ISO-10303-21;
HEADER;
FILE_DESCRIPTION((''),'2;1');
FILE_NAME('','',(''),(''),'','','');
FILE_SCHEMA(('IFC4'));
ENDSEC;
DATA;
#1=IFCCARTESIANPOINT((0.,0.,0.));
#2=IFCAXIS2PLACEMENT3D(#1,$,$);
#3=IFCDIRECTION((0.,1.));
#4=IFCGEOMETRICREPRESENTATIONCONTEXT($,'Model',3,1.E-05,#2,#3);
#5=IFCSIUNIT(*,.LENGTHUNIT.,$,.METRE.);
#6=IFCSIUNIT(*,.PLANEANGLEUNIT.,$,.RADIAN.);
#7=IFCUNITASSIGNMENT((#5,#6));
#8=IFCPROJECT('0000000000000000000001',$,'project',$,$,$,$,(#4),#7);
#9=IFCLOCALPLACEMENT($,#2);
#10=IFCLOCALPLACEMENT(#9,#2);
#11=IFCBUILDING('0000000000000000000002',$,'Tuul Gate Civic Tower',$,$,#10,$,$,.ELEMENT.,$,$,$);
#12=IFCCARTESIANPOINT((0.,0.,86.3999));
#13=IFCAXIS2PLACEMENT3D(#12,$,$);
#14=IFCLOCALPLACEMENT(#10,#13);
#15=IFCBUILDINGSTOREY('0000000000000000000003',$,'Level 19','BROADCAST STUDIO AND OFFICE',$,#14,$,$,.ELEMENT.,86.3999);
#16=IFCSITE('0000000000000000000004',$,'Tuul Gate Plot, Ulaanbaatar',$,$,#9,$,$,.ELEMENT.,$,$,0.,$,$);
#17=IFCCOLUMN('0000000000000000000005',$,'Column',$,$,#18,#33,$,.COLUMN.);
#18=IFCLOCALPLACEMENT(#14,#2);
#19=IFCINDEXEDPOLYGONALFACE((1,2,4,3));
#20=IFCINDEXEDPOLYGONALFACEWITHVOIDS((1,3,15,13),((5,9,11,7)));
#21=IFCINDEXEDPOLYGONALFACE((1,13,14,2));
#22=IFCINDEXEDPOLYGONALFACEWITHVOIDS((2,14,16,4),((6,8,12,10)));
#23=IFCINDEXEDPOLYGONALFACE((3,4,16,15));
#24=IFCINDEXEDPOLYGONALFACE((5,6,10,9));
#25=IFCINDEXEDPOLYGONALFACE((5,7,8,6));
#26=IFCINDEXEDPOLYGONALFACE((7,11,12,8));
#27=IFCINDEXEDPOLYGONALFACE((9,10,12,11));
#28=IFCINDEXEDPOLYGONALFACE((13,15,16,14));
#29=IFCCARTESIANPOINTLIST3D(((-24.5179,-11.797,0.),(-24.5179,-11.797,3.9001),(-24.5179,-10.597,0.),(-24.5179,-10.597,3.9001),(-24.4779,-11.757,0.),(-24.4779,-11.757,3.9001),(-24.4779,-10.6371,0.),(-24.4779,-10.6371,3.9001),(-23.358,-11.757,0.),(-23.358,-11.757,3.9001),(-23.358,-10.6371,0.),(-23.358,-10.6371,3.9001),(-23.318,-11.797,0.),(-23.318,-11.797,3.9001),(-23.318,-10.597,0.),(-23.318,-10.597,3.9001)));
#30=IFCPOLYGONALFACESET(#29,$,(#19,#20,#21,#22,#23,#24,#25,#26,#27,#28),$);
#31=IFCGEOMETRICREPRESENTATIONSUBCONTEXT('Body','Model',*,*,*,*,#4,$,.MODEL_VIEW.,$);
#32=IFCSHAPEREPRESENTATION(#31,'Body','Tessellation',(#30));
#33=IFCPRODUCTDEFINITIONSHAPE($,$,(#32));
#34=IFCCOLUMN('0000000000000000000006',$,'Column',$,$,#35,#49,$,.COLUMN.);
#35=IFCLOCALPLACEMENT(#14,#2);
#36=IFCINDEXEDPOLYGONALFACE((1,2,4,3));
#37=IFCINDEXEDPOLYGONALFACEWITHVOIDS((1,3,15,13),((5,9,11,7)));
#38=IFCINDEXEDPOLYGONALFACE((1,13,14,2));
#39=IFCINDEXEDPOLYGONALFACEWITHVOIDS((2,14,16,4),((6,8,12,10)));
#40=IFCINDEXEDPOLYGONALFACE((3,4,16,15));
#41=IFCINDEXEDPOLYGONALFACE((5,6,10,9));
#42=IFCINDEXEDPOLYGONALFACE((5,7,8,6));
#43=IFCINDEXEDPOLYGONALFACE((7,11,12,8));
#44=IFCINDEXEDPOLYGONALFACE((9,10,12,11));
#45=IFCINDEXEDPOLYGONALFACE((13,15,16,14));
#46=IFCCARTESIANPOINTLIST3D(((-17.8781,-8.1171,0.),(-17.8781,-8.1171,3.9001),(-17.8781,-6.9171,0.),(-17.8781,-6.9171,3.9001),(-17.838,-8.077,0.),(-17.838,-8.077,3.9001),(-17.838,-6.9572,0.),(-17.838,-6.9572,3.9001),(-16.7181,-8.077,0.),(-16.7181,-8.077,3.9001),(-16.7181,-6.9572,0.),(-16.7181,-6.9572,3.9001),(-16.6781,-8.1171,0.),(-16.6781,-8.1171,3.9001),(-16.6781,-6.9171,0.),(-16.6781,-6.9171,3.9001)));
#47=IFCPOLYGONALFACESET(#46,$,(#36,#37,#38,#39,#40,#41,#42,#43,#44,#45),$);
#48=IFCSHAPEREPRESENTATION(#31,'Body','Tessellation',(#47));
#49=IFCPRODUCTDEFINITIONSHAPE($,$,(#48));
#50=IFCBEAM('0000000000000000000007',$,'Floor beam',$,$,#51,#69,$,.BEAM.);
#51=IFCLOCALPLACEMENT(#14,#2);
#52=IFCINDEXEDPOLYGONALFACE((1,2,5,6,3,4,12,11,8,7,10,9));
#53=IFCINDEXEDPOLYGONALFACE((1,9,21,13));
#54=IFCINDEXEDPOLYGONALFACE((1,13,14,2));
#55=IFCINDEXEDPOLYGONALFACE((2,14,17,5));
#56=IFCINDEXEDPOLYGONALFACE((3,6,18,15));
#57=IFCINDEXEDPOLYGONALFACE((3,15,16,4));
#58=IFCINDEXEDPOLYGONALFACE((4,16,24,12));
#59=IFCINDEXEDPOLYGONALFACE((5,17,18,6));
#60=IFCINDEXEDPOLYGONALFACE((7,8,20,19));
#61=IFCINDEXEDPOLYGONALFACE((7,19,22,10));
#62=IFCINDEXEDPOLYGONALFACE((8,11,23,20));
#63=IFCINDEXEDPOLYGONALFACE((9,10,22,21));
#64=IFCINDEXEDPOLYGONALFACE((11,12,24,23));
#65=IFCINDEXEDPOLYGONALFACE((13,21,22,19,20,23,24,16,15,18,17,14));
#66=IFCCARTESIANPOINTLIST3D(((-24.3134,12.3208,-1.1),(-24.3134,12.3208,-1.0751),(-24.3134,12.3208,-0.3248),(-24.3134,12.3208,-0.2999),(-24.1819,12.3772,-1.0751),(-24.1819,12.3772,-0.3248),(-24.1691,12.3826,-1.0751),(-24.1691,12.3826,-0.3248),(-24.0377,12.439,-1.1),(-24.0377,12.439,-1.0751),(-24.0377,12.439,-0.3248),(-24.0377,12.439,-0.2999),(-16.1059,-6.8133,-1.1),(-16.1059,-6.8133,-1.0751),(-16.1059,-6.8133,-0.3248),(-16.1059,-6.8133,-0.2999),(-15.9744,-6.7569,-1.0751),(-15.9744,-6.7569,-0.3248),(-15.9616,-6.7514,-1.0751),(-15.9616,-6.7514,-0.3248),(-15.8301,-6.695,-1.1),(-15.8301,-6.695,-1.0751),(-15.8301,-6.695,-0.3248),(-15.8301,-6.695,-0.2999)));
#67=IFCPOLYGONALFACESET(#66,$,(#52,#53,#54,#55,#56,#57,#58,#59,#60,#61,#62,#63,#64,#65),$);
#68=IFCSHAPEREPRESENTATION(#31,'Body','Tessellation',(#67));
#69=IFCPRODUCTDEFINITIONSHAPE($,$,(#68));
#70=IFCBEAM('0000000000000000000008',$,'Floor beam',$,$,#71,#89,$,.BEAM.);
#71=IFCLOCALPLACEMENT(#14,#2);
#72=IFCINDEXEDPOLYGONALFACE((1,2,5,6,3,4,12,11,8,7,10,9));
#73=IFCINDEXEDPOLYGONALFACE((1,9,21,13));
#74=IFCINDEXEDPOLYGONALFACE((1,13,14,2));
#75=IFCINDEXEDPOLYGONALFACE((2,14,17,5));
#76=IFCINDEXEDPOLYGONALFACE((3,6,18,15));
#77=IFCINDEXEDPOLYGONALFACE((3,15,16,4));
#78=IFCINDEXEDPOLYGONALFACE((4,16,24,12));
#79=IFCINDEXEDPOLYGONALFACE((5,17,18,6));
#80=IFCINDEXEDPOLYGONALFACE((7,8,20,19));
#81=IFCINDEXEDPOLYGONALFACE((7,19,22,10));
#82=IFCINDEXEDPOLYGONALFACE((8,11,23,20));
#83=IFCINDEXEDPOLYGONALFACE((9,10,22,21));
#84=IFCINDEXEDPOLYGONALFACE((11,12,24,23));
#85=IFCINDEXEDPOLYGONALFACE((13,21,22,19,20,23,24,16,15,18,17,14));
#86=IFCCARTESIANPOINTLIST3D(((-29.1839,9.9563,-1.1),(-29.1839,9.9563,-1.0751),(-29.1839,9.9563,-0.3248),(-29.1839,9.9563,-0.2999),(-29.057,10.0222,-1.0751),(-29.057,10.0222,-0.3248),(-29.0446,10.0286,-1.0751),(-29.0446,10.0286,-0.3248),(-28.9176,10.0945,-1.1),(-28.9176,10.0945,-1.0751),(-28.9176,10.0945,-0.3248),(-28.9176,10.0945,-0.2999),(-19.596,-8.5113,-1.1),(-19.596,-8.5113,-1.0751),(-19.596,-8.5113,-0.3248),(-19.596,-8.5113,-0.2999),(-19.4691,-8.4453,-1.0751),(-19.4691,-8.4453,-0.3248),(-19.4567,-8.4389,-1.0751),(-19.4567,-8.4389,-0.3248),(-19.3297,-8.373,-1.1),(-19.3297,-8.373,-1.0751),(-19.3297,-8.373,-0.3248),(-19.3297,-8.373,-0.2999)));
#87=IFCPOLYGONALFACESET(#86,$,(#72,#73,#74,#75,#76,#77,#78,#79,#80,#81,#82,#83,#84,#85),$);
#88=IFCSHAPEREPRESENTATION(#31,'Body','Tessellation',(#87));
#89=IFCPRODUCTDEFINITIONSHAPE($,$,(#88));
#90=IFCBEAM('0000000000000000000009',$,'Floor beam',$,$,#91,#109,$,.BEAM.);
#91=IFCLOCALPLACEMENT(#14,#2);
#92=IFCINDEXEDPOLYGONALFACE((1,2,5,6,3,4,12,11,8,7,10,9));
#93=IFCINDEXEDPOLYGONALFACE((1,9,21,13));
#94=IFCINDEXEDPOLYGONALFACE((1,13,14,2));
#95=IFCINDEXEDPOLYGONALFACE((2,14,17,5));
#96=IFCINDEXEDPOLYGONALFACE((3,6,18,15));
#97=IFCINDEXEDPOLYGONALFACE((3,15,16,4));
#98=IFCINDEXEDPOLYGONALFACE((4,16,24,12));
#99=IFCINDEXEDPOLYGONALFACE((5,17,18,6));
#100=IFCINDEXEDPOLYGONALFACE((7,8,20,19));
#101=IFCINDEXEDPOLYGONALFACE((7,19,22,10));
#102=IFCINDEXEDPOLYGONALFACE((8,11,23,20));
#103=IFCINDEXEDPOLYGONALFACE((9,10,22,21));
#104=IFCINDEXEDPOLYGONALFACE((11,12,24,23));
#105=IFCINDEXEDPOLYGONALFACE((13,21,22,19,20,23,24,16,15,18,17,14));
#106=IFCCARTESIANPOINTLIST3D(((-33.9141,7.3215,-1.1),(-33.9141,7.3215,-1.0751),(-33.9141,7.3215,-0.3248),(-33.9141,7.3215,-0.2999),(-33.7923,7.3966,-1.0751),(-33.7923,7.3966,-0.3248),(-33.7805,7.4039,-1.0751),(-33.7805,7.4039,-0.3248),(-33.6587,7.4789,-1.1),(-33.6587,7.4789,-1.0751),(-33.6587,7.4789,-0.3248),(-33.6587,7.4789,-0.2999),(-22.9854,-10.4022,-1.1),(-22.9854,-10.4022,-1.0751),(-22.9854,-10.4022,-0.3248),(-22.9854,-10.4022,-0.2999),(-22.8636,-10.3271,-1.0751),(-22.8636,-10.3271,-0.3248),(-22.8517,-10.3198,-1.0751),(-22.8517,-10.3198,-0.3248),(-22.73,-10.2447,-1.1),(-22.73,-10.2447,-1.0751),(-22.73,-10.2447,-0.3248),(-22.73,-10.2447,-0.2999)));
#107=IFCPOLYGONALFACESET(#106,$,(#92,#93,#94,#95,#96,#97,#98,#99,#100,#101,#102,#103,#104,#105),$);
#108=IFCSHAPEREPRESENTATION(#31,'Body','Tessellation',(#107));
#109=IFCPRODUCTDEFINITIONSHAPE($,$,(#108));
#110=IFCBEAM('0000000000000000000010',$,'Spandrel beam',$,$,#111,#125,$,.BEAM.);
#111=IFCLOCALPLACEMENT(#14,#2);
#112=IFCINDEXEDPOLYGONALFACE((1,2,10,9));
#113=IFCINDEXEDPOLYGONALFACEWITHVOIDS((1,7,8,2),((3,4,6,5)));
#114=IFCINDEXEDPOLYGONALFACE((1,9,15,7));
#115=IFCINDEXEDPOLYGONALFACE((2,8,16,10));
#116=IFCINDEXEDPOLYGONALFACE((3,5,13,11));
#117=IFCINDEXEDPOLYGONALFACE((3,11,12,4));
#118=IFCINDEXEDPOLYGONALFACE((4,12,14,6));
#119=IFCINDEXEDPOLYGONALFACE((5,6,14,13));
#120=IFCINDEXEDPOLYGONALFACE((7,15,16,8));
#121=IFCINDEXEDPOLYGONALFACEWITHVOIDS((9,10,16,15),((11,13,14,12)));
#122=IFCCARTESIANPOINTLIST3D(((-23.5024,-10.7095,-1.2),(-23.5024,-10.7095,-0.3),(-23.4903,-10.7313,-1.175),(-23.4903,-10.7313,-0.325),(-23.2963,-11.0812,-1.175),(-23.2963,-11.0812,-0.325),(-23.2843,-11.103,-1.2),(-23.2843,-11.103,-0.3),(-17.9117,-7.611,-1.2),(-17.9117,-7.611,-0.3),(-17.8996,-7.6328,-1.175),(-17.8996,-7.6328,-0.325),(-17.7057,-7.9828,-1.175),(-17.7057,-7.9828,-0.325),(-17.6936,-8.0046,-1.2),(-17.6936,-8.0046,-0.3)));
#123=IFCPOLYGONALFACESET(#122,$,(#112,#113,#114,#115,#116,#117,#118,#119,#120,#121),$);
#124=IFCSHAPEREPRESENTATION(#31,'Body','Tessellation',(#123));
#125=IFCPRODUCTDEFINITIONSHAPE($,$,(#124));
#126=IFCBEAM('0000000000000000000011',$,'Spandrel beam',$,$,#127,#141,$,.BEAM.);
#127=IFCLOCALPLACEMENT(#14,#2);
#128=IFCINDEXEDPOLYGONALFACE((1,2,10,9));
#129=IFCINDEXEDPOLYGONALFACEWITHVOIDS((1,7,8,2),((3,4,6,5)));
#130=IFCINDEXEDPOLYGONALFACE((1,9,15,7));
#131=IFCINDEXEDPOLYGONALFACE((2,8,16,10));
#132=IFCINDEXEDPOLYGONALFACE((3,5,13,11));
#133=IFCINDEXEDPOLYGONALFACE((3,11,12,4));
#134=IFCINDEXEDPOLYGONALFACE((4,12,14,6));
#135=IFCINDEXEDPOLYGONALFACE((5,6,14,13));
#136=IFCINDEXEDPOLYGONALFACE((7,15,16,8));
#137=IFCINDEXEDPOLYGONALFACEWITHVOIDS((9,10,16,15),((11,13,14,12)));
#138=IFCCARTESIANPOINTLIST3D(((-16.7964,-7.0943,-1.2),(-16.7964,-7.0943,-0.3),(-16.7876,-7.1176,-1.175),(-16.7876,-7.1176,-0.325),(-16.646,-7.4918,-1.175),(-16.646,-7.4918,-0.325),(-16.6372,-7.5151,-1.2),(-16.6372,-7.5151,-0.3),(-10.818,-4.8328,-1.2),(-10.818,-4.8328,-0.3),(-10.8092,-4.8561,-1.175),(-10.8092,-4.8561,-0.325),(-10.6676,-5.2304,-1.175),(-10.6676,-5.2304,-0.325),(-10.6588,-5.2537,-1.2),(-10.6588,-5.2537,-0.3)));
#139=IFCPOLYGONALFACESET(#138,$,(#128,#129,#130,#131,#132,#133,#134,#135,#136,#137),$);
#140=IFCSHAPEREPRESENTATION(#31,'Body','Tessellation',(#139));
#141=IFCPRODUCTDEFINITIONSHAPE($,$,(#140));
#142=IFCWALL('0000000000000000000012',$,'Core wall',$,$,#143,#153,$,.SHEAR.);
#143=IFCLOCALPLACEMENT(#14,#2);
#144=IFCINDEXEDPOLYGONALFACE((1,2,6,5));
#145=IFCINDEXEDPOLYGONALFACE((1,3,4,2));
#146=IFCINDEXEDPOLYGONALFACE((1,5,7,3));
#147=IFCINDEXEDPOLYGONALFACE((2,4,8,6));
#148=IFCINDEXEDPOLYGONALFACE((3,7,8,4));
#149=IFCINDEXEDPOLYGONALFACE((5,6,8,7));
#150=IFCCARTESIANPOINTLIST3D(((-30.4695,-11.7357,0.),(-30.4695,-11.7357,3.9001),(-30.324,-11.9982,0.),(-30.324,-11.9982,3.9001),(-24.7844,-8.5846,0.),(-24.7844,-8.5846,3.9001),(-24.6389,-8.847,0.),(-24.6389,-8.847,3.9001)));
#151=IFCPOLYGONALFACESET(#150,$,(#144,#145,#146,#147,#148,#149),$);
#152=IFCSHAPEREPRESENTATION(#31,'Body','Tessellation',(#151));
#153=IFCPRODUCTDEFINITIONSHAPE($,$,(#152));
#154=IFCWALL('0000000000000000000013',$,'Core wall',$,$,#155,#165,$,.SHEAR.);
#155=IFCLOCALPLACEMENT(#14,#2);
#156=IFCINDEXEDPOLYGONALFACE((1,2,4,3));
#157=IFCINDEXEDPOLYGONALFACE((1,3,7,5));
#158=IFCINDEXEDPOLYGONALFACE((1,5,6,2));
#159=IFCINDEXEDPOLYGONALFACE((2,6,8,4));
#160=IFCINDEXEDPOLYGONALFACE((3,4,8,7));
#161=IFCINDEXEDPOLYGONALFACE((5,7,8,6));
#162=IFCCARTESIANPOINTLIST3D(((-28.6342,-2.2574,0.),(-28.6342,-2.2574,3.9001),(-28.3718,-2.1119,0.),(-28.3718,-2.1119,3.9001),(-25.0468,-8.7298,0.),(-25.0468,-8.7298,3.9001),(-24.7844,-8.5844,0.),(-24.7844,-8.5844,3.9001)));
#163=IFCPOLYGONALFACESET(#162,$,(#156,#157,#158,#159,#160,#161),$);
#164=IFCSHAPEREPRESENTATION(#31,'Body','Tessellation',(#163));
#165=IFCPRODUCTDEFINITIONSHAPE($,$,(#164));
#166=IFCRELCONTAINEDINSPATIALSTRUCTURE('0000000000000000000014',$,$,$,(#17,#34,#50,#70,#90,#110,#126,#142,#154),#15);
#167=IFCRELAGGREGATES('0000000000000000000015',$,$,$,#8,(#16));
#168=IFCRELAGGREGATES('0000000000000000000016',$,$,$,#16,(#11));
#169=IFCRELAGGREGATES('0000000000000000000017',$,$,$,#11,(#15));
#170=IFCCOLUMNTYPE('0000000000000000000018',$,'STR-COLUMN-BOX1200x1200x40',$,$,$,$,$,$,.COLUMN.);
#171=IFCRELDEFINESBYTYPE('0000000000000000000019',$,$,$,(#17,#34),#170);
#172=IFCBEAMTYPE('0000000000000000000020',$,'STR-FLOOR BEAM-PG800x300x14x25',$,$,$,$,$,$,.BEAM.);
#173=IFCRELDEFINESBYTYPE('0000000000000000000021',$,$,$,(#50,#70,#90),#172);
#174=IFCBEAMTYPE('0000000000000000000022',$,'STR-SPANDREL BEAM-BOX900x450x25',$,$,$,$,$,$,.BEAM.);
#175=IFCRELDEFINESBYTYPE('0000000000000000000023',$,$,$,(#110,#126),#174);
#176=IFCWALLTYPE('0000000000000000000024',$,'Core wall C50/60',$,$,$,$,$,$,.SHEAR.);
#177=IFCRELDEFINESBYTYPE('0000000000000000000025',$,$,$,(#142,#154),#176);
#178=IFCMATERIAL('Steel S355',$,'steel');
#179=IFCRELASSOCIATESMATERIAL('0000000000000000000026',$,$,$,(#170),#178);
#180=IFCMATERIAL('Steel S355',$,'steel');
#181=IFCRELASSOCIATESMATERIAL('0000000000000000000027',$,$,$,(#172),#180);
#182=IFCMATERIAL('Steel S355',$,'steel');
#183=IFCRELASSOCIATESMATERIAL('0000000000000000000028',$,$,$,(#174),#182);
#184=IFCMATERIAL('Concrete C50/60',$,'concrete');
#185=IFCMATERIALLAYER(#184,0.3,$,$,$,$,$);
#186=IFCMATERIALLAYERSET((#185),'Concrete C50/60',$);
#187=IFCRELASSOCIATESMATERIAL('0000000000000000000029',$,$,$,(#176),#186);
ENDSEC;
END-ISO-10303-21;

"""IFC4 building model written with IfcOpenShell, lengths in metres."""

from ifc_helpers import new_model, si_unit, direction, frame, frame_2d, origin, origin_2d, place, context, subcontext, project, spatial, rectangle, hollow_rectangle, i_section, extrude, material, layer, layer_set, material_profile, profile_set, type_object, element, save


model = new_model("IFC4")

# Units and contexts
model_context = context("Model", 3, precision=1e-05, world=origin(), true_north=direction((0.0, 1.0)))
body_context = subcontext(model_context, "Body", "Model", "MODEL_VIEW")
ifc_project = project(units=[si_unit("LENGTHUNIT", "METRE"), si_unit("PLANEANGLEUNIT", "RADIAN")], contexts=[model_context])

# Site, building, storey
site_placement = place(None, origin())
site = spatial("IfcSite", under=ifc_project, at=site_placement, Name="Tuul Gate Plot, Ulaanbaatar", CompositionType="ELEMENT", RefElevation=0.0)
building_placement = place(site_placement, origin())
building = spatial("IfcBuilding", under=site, at=building_placement, Name="Tuul Gate Civic Tower", CompositionType="ELEMENT")
storey_placement = place(building_placement, frame((0.0, 0.0, 86.3999)))
storey = spatial("IfcBuildingStorey", under=building, at=storey_placement, Name="Level 19", Description="BROADCAST STUDIO AND OFFICE", CompositionType="ELEMENT", Elevation=86.3999)

# Columns
ifc_material_1 = material(Name="Steel S355", Category="steel")
ifc_material_profile_1 = material_profile(ifc_material_1, hollow_rectangle(XDim=1.2, YDim=1.2, WallThickness=0.04, at=origin_2d()), Name="BOX1200x1200x40")
ifc_profile_set_1 = profile_set([ifc_material_profile_1], Name="Steel S355")
column_type = type_object("IfcColumnType", Name="STR-COLUMN-BOX1200x1200x40", PredefinedType="COLUMN", material=ifc_profile_set_1)
for number, where, z_axis, x_axis, name in (
    (1, (-23.918, -11.197, 0.0), (0.0, 0.0, 1.0), (1.0, 0.0, 0.0), "Column"),
    (2, (-17.2781, -7.5171, 0.0), (0.0, 0.0, 1.0), (1.0, 0.0, 0.0), "Column"),
):
    element("IfcColumn", number, at=place(storey_placement, frame(where, z_axis=z_axis, x_axis=x_axis)), inside=storey, type_object=column_type, Name=name, PredefinedType="COLUMN", context=body_context, shape_type="SweptSolid", body=[
        extrude(hollow_rectangle(XDim=1.2, YDim=1.2, WallThickness=0.04, at=origin_2d()), origin(), (0.0, 0.0, 1.0), 3.9001),
    ])

# Beams
ifc_material_2 = material(Name="Steel S355", Category="steel")
ifc_material_profile_2 = material_profile(ifc_material_2, i_section(OverallWidth=0.3, OverallDepth=0.8, WebThickness=0.0139, FlangeThickness=0.0249, at=origin_2d()), Name="PG800x300x14x25")
ifc_profile_set_2 = profile_set([ifc_material_profile_2], Name="Steel S355")
beam_type_1 = type_object("IfcBeamType", Name="STR-FLOOR BEAM-PG800x300x14x25", PredefinedType="BEAM", material=ifc_profile_set_2)
beam_1_placement = place(storey_placement, frame((-15.968, -6.7542, -0.7), z_axis=(-0.394212, 0.919019, 0.0), x_axis=(-0.919019, -0.394212, 0.0)))
element("IfcBeam", 3, at=beam_1_placement, inside=storey, type_object=beam_type_1, Name="Floor beam", PredefinedType="BEAM", context=body_context, shape_type="SweptSolid", body=[
    extrude(i_section(OverallWidth=0.3, OverallDepth=0.8, WebThickness=0.0139, FlangeThickness=0.0249, at=origin_2d()), origin(), (0.0, 0.0, 1.0), 20.8201),
])
beam_2_placement = place(storey_placement, frame((-19.4629, -8.4421, -0.7), z_axis=(-0.460777, 0.887516, 0.0), x_axis=(-0.887516, -0.460777, 0.0)))
element("IfcBeam", 4, at=beam_2_placement, inside=storey, type_object=beam_type_1, Name="Floor beam", PredefinedType="BEAM", context=body_context, shape_type="SweptSolid", body=[
    extrude(i_section(OverallWidth=0.3, OverallDepth=0.8, WebThickness=0.0139, FlangeThickness=0.0249, at=origin_2d()), origin(), (0.0, 0.0, 1.0), 20.8081),
])
beam_3_placement = place(storey_placement, frame((-22.8577, -10.3235, -0.7), z_axis=(-0.524859, 0.851189, 0.0), x_axis=(-0.851189, -0.524859, 0.0)))
element("IfcBeam", 5, at=beam_3_placement, inside=storey, type_object=beam_type_1, Name="Floor beam", PredefinedType="BEAM", context=body_context, shape_type="SweptSolid", body=[
    extrude(i_section(OverallWidth=0.3, OverallDepth=0.8, WebThickness=0.0139, FlangeThickness=0.0249, at=origin_2d()), origin(), (0.0, 0.0, 1.0), 20.8223),
])
ifc_material_3 = material(Name="Steel S355", Category="steel")
ifc_material_profile_3 = material_profile(ifc_material_3, hollow_rectangle(XDim=0.45, YDim=0.8999, WallThickness=0.0249, at=origin_2d()), Name="BOX900x450x25")
ifc_profile_set_3 = profile_set([ifc_material_profile_3], Name="Steel S355")
beam_type_2 = type_object("IfcBeamType", Name="STR-SPANDREL BEAM-BOX900x450x25", PredefinedType="BEAM", material=ifc_profile_set_3)
for number, where, z_axis, x_axis, name in (
    (6, (-23.3933, -10.9062, -0.75), (0.874654, 0.484748, 0.0), (-0.484748, 0.874654, 0.0), "Spandrel beam"),
    (7, (-16.7168, -7.3047, -0.75), (0.935321, 0.353801, 0.0), (-0.353801, 0.935321, 0.0), "Spandrel beam"),
):
    element("IfcBeam", number, at=place(storey_placement, frame(where, z_axis=z_axis, x_axis=x_axis)), inside=storey, type_object=beam_type_2, Name=name, PredefinedType="BEAM", context=body_context, shape_type="SweptSolid", body=[
        extrude(hollow_rectangle(XDim=0.45, YDim=0.8999, WallThickness=0.0249, at=origin_2d()), origin(), (0.0, 0.0, 1.0), 6.3918),
    ])

# Walls
ifc_material_4 = material(Name="Concrete C50/60", Category="concrete")
ifc_layer_1 = layer(ifc_material_4, 0.3)
ifc_layer_set_1 = layer_set([ifc_layer_1], Name="Concrete C50/60")
wall_type_1 = type_object("IfcWallType", Name="Core wall C50/60", PredefinedType="SHEAR", material=ifc_layer_set_1)
wall_1_placement = place(storey_placement, frame((-24.7117, -8.7158, 0.0), z_axis=(0.0, 0.0, 1.0), x_axis=(-0.87463, -0.484791, 0.0)))
element("IfcWall", 8, at=wall_1_placement, inside=storey, type_object=wall_type_1, Name="Core wall", PredefinedType="SHEAR", context=body_context, shape_type="SweptSolid", body=[
    extrude(rectangle(XDim=6.5, YDim=0.3, at=frame_2d((3.25, 0.0))), origin(), (0.0, 0.0, 1.0), 3.9001),
])
wall_2_placement = place(storey_placement, frame((-24.9155, -8.6572, 0.0), z_axis=(0.0, 0.0, 1.0), x_axis=(-0.484777, 0.874638, 0.0)))
element("IfcWall", 9, at=wall_2_placement, inside=storey, type_object=wall_type_1, Name="Core wall", PredefinedType="SHEAR", context=body_context, shape_type="SweptSolid", body=[
    extrude(rectangle(XDim=7.4001, YDim=0.3, at=frame_2d((3.7002, 0.0))), origin(), (0.0, 0.0, 1.0), 3.9001),
])

save(model, "model.ifc")
